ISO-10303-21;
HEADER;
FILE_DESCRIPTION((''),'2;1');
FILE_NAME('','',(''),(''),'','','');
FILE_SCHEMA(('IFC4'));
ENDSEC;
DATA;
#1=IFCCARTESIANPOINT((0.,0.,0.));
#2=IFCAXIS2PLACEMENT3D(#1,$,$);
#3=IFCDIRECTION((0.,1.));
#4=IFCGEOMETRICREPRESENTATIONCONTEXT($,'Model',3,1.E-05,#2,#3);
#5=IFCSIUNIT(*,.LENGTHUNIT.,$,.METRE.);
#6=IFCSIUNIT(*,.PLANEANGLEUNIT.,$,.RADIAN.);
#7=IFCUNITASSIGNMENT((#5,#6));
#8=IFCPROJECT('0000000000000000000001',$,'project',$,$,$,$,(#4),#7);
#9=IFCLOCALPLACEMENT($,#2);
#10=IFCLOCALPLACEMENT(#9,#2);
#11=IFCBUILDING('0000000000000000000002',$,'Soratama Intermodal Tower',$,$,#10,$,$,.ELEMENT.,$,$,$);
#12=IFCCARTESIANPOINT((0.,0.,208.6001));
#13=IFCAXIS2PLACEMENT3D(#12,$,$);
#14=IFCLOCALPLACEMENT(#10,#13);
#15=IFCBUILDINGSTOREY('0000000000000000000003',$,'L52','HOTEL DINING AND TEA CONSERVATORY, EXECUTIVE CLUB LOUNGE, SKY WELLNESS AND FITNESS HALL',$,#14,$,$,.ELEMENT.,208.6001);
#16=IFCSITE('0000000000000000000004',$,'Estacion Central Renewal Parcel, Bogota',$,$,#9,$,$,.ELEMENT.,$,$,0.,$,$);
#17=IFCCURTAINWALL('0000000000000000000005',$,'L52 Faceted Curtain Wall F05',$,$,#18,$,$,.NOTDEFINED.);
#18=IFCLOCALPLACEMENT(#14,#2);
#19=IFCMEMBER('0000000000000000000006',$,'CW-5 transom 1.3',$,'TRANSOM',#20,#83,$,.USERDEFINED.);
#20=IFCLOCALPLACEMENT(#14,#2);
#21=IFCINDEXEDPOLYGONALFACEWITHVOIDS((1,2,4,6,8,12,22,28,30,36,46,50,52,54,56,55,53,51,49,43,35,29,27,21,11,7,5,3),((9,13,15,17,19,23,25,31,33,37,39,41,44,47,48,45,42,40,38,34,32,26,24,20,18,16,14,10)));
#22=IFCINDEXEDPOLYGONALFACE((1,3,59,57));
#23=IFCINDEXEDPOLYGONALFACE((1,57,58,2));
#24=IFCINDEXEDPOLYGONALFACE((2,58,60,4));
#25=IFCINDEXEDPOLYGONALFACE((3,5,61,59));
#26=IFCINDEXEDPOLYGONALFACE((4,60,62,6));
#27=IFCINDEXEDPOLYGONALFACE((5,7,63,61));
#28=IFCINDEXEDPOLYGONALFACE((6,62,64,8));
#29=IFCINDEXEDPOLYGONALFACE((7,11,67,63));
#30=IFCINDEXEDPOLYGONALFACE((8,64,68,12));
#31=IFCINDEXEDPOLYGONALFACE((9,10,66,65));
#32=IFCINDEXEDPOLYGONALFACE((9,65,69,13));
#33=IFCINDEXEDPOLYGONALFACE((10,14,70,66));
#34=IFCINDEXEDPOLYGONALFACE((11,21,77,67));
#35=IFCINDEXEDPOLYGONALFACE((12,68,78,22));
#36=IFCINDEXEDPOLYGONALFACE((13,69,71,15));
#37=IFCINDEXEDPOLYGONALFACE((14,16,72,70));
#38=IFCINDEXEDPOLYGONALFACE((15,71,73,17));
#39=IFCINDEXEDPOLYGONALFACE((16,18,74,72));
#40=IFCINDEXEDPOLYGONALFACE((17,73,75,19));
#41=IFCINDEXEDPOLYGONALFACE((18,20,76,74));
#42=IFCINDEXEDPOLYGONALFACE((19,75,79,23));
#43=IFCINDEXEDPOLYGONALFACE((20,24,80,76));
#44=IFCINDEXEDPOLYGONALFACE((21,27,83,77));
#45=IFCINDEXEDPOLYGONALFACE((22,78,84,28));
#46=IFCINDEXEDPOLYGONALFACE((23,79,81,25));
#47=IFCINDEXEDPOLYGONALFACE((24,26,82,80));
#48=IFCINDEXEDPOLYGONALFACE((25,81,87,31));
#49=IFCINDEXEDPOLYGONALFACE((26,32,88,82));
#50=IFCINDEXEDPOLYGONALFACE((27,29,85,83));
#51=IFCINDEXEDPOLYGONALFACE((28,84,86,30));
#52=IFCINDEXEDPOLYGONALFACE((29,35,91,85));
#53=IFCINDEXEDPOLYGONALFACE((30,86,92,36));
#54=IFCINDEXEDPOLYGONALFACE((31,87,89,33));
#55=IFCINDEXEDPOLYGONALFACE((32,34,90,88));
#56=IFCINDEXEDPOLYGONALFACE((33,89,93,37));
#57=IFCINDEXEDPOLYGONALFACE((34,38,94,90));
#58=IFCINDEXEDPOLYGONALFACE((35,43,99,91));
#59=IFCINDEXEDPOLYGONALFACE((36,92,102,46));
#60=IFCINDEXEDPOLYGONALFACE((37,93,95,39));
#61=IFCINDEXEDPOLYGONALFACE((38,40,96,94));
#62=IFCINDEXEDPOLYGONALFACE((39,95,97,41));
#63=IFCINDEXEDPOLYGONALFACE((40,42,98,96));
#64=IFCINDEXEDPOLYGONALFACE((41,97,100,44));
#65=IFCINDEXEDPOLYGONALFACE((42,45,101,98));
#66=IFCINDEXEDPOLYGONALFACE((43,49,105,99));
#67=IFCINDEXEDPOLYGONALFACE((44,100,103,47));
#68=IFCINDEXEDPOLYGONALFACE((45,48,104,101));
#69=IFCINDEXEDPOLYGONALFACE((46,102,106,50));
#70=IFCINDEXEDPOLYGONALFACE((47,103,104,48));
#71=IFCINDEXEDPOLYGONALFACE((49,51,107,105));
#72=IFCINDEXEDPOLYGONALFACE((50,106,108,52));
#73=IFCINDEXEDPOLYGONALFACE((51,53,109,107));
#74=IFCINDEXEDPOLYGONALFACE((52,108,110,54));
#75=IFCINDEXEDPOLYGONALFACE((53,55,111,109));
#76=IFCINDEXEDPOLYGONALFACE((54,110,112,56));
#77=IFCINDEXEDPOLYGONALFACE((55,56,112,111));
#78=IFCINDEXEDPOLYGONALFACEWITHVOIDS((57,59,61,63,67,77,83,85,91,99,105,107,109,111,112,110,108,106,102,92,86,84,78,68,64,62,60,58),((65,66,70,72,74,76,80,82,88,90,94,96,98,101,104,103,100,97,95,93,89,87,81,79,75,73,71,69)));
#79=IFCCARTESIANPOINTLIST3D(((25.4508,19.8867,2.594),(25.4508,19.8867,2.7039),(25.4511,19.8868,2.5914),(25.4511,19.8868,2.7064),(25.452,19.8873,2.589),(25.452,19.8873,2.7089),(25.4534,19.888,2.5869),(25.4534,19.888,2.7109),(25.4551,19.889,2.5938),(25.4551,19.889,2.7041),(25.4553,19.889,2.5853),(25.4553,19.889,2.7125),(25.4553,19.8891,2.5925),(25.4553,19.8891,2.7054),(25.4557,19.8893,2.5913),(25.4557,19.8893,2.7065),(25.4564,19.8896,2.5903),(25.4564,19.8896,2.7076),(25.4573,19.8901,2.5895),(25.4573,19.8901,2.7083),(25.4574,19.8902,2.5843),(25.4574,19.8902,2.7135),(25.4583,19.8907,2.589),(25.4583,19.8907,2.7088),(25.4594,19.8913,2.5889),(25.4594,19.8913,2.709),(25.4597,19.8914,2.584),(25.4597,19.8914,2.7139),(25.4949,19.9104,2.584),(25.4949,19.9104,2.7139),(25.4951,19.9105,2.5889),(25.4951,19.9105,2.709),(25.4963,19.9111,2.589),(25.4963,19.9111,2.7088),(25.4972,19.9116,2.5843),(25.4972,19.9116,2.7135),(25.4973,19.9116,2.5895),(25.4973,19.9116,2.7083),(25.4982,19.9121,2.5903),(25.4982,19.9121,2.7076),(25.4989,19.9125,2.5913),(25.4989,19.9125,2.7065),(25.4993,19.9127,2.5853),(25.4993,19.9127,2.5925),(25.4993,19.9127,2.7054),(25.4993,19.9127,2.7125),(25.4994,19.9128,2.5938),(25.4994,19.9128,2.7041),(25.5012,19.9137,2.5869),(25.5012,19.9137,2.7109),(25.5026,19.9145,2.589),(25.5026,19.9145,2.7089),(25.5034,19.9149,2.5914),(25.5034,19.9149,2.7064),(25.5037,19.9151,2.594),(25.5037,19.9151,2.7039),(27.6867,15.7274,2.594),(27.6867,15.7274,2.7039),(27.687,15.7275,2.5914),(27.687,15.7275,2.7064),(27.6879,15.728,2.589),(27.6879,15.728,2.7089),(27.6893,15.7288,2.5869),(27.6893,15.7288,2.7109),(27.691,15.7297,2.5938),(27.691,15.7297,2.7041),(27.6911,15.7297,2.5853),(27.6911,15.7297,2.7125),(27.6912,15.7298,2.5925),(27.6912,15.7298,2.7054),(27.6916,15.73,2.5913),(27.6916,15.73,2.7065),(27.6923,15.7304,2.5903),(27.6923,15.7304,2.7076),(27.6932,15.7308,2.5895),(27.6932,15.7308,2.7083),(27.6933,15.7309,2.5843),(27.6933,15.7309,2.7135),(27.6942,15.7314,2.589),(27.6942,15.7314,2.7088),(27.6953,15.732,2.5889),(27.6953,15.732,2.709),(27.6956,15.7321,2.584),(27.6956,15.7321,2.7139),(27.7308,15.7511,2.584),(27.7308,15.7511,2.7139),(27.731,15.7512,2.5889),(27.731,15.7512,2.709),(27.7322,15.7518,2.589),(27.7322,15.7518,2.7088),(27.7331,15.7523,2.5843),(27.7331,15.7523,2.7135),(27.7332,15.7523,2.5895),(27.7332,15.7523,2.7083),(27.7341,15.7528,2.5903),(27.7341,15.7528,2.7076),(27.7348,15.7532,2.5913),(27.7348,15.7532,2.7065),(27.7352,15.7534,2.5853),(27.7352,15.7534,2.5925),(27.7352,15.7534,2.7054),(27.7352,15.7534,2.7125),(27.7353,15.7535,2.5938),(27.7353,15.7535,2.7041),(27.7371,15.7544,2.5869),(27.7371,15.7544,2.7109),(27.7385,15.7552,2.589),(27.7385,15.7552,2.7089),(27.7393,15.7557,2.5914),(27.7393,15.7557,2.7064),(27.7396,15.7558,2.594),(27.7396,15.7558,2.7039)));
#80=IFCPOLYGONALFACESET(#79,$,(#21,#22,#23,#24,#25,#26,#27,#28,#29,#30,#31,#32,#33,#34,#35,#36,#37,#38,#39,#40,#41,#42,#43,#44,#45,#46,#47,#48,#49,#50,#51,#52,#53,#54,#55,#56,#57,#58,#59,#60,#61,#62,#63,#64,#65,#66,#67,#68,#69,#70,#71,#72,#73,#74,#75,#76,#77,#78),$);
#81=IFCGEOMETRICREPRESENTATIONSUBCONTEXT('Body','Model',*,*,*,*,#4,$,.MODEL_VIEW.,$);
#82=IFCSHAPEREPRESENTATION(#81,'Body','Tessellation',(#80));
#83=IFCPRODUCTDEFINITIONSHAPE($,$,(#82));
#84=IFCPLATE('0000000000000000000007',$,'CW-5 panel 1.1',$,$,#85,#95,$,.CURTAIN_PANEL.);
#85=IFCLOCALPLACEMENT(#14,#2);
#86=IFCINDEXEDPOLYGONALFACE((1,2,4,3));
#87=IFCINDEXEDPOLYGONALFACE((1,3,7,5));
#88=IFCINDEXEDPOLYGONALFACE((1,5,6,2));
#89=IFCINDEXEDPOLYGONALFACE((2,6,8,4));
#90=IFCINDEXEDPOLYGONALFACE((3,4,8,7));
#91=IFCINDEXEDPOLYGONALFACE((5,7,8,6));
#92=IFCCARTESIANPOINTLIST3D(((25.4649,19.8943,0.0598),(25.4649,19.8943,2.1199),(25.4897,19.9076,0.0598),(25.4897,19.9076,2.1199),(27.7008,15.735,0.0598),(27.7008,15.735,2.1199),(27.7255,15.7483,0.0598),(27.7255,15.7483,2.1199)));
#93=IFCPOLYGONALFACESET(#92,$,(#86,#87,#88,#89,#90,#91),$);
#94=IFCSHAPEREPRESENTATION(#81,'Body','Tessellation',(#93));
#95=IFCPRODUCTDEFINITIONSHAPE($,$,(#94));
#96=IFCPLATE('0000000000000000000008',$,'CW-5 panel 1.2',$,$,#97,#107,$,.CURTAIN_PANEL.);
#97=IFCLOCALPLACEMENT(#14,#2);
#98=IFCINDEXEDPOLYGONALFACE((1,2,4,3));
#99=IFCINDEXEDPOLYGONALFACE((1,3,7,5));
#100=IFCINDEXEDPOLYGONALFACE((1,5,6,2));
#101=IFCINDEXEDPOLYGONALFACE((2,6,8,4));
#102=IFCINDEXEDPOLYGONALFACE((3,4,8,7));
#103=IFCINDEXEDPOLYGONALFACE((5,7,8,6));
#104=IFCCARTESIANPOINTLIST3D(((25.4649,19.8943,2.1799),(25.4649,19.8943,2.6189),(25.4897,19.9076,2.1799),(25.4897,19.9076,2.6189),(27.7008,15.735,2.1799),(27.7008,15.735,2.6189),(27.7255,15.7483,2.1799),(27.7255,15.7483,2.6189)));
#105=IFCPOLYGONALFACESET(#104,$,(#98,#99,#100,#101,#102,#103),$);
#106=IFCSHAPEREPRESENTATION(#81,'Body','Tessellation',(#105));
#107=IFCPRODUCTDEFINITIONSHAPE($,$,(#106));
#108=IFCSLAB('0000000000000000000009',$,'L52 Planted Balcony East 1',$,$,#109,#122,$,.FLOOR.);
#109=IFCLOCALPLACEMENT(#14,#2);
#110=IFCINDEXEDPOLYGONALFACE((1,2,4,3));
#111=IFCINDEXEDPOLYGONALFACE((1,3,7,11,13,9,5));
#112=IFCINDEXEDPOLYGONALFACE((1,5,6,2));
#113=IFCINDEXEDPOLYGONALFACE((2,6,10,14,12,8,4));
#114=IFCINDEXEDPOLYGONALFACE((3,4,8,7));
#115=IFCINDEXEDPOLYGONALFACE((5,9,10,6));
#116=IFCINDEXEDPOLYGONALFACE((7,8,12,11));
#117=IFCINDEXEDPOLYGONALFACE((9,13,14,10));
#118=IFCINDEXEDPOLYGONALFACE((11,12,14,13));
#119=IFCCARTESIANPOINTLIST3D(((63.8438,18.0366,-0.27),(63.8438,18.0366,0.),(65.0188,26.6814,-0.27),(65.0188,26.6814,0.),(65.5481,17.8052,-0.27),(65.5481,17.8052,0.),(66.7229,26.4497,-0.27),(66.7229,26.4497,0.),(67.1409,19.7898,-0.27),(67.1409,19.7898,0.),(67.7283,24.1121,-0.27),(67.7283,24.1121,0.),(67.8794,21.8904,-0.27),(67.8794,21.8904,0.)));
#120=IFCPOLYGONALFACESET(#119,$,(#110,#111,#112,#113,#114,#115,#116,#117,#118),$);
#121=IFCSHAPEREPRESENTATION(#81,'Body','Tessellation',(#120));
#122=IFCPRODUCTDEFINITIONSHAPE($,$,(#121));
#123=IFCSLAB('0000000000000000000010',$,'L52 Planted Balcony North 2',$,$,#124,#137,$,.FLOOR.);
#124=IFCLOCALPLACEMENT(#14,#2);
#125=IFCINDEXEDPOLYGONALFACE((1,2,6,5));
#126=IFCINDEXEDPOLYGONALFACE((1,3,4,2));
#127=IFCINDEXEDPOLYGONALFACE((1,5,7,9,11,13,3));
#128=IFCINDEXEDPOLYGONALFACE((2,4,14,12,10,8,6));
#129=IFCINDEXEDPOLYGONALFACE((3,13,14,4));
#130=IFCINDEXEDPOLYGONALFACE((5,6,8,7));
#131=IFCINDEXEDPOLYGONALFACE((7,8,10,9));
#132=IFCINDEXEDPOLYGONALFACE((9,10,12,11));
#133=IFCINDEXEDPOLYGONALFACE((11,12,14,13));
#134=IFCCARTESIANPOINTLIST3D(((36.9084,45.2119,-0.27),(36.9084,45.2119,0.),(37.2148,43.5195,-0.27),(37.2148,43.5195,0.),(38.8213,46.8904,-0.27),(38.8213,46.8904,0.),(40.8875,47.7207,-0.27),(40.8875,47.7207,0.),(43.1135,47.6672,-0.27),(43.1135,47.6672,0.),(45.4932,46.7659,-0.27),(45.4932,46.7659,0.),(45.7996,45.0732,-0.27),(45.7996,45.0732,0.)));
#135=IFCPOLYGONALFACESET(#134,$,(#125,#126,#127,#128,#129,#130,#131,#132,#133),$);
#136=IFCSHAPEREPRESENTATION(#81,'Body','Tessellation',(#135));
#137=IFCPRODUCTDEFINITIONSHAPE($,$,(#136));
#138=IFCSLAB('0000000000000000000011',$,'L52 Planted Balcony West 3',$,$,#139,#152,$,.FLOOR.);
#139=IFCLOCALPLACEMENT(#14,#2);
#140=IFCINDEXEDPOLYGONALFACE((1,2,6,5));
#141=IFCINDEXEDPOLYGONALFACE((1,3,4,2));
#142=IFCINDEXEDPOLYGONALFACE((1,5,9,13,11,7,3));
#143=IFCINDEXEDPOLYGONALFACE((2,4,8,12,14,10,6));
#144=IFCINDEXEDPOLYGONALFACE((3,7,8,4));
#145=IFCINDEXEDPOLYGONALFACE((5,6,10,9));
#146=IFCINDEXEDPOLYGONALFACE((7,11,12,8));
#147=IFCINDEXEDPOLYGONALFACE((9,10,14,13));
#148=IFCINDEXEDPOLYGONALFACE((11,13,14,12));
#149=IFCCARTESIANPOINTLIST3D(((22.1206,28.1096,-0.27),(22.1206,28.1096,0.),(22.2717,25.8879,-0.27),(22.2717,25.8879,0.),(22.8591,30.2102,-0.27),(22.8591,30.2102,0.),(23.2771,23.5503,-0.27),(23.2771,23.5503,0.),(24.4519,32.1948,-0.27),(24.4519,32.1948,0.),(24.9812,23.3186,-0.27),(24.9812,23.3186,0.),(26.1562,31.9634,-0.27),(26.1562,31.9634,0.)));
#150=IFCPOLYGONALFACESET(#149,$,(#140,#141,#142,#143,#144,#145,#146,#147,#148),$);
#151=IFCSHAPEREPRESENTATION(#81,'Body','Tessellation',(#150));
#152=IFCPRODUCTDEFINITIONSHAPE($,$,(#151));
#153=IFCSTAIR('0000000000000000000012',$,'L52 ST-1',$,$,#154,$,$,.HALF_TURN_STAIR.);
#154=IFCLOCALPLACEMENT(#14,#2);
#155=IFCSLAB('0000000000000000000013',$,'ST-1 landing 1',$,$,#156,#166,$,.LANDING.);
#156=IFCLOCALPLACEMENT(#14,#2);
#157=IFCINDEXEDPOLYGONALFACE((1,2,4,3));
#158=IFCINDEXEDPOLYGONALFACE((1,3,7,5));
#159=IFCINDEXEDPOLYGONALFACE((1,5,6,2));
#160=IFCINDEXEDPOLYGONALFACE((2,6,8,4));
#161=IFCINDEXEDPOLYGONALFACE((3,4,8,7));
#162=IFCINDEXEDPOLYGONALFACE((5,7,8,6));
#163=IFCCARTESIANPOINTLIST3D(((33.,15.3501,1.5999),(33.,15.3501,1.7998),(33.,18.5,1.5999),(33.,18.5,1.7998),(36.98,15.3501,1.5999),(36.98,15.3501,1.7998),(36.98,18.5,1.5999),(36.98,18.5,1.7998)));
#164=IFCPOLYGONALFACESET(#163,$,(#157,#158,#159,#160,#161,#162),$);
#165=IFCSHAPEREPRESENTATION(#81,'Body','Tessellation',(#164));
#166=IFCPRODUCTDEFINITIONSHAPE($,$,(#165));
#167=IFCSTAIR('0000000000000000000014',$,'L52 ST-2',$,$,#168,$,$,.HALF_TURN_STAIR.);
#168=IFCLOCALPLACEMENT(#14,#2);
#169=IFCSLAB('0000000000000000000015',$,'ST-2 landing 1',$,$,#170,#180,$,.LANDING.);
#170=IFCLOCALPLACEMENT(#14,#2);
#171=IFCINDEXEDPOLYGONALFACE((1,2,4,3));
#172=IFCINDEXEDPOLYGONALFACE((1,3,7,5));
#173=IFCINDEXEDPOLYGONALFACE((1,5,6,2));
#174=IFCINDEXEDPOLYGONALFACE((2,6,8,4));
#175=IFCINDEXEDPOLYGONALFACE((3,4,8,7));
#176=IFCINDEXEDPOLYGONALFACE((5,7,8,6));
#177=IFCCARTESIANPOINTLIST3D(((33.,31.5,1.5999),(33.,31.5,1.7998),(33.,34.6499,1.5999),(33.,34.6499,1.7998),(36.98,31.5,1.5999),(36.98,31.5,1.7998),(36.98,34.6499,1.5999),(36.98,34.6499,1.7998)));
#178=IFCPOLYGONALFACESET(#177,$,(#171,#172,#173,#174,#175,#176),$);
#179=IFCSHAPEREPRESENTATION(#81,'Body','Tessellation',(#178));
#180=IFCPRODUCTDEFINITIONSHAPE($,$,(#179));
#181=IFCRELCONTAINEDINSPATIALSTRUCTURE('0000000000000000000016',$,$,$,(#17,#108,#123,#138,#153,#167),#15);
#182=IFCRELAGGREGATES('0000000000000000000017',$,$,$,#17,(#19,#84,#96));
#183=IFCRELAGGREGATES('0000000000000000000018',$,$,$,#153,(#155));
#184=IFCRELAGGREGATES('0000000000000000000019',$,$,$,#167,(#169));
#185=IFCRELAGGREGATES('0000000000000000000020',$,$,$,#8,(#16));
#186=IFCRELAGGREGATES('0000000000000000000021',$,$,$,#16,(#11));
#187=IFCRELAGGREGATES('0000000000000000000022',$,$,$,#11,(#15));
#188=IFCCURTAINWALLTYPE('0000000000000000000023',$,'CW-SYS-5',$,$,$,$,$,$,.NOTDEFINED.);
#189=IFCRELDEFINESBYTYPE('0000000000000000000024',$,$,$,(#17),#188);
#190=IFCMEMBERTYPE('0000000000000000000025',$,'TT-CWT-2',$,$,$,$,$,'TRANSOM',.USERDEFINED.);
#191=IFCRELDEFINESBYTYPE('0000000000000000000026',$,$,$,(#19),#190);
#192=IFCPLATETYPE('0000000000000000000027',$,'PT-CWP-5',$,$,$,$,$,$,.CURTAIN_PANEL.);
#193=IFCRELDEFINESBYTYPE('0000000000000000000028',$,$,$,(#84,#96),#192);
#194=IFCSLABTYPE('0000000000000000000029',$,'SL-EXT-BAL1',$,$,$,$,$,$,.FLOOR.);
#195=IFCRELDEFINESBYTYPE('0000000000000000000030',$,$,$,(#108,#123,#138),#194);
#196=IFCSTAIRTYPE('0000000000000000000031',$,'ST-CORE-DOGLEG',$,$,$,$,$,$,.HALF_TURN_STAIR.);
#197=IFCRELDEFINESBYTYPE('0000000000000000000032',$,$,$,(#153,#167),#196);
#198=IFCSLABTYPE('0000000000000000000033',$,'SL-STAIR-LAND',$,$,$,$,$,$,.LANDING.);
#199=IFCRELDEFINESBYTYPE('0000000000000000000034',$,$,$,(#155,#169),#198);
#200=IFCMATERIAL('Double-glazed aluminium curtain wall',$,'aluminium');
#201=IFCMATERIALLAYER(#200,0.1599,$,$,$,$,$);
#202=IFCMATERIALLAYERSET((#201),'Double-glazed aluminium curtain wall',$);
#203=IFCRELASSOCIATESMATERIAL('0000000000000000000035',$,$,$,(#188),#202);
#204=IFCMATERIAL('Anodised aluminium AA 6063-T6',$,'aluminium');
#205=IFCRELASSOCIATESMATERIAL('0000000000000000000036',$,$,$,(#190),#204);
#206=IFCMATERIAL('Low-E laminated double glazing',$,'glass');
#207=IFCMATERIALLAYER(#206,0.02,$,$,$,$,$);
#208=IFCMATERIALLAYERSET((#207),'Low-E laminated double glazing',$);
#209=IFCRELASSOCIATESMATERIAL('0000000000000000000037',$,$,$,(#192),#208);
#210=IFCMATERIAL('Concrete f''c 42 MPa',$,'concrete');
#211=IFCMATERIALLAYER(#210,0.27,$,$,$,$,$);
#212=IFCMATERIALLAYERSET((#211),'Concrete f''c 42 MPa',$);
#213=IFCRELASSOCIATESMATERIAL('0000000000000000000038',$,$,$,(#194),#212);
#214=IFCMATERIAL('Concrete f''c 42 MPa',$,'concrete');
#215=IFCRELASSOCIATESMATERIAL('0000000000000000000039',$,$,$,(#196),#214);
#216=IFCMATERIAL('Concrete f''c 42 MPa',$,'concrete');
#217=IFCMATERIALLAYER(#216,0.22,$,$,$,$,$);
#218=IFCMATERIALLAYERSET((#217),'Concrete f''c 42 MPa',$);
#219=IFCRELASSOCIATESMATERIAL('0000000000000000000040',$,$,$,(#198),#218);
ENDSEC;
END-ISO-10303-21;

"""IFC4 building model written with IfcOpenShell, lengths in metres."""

from ifc_helpers import new_model, si_unit, direction, frame, origin, origin_2d, place, context, subcontext, project, spatial, polyline, rectangle, hollow_rectangle, outline, extrude, material, layer, layer_set, material_profile, profile_set, type_object, element, aggregate, save


model = new_model("IFC4")

# Units and contexts
model_context = context("Model", 3, precision=1e-05, world=origin(), true_north=direction((0.0, 1.0)))
body_context = subcontext(model_context, "Body", "Model", "MODEL_VIEW")
ifc_project = project(units=[si_unit("LENGTHUNIT", "METRE"), si_unit("PLANEANGLEUNIT", "RADIAN")], contexts=[model_context])

# Site, building, storey
site_placement = place(None, origin())
site = spatial("IfcSite", under=ifc_project, at=site_placement, Name="Estacion Central Renewal Parcel, Bogota", CompositionType="ELEMENT", RefElevation=0.0)
building_placement = place(site_placement, origin())
building = spatial("IfcBuilding", under=site, at=building_placement, Name="Soratama Intermodal Tower", CompositionType="ELEMENT")
storey_placement = place(building_placement, frame((0.0, 0.0, 208.6001)))
storey = spatial("IfcBuildingStorey", under=building, at=storey_placement, Name="L52", Description="HOTEL DINING AND TEA CONSERVATORY, EXECUTIVE CLUB LOUNGE, SKY WELLNESS AND FITNESS HALL", CompositionType="ELEMENT", Elevation=208.6001)

# Curtain wall, member, plates
ifc_material_1 = material(Name="Double-glazed aluminium curtain wall", Category="aluminium")
ifc_layer_1 = layer(ifc_material_1, 0.1599)
ifc_layer_set_1 = layer_set([ifc_layer_1], Name="Double-glazed aluminium curtain wall")
curtain_wall_type = type_object("IfcCurtainWallType", Name="CW-SYS-5", PredefinedType="NOTDEFINED", material=ifc_layer_set_1)
curtain_wall_placement = place(storey_placement, origin())
curtain_wall = element("IfcCurtainWall", 1, at=curtain_wall_placement, inside=storey, type_object=curtain_wall_type, Name="L52 Faceted Curtain Wall F05", PredefinedType="NOTDEFINED")
ifc_material_2 = material(Name="Anodised aluminium AA 6063-T6", Category="aluminium")
ifc_material_profile_1 = material_profile(ifc_material_2, hollow_rectangle(XDim=0.0601, YDim=0.1299, WallThickness=0.0049, InnerFilletRadius=0.0049, OuterFilletRadius=0.01, at=origin_2d()), Name="CWT130X60X5")
ifc_profile_set_1 = profile_set([ifc_material_profile_1], Name="Anodised aluminium AA 6063-T6")
member_type_1 = type_object("IfcMemberType", Name="TT-CWT-2", ElementType="TRANSOM", PredefinedType="USERDEFINED", material=ifc_profile_set_1)
member_1_placement = place(storey_placement, frame((25.4773, 19.9009, 2.6489), z_axis=(0.473489, -0.8808, 0.0), x_axis=(0.8808, 0.473489, 0.0)))
member_1 = element("IfcMember", 2, at=member_1_placement, type_object=member_type_1, Name="CW-5 transom 1.3", ObjectType="TRANSOM", PredefinedType="USERDEFINED", context=body_context, shape_type="SweptSolid", body=[
    extrude(hollow_rectangle(XDim=0.0601, YDim=0.1299, WallThickness=0.0049, InnerFilletRadius=0.0049, OuterFilletRadius=0.01, at=origin_2d()), origin(), (0.0, 0.0, 1.0), 4.7222),
])
ifc_material_3 = material(Name="Low-E laminated double glazing", Category="glass")
ifc_layer_2 = layer(ifc_material_3, 0.02)
ifc_layer_set_2 = layer_set([ifc_layer_2], Name="Low-E laminated double glazing")
plate_type = type_object("IfcPlateType", Name="PT-CWP-5", PredefinedType="CURTAIN_PANEL", material=ifc_layer_set_2)
plate_1_placement = place(storey_placement, frame((26.5952, 17.8213, 0.0598), z_axis=(0.0, 0.0, 1.0), x_axis=(0.473476, -0.880807, 0.0)))
plate_1 = element("IfcPlate", 3, at=plate_1_placement, type_object=plate_type, Name="CW-5 panel 1.1", PredefinedType="CURTAIN_PANEL", context=body_context, shape_type="SweptSolid", body=[
    extrude(rectangle(XDim=4.7222, YDim=0.0281, at=origin_2d()), origin(), (0.0, 0.0, 1.0), 2.0601),
])
plate_2_placement = place(storey_placement, frame((26.5952, 17.8213, 2.1799), z_axis=(0.0, 0.0, 1.0), x_axis=(0.473476, -0.880807, 0.0)))
plate_2 = element("IfcPlate", 4, at=plate_2_placement, type_object=plate_type, Name="CW-5 panel 1.2", PredefinedType="CURTAIN_PANEL", context=body_context, shape_type="SweptSolid", body=[
    extrude(rectangle(XDim=4.7222, YDim=0.0281, at=origin_2d()), origin(), (0.0, 0.0, 1.0), 0.439),
])
aggregate(curtain_wall, [member_1, plate_1, plate_2])

# Slabs
ifc_material_4 = material(Name="Concrete f'c 42 MPa", Category="concrete")
ifc_layer_3 = layer(ifc_material_4, 0.27)
ifc_layer_set_3 = layer_set([ifc_layer_3], Name="Concrete f'c 42 MPa")
slab_type_1 = type_object("IfcSlabType", Name="SL-EXT-BAL1", PredefinedType="FLOOR", material=ifc_layer_set_3)
slab_1_placement = place(storey_placement, frame((0.0, 0.0, -0.27)))
element("IfcSlab", 5, at=slab_1_placement, inside=storey, type_object=slab_type_1, Name="L52 Planted Balcony East 1", PredefinedType="FLOOR", context=body_context, shape_type="SweptSolid", body=[
    extrude(outline(polyline([(63.8438, 18.0366), (65.0188, 26.6814), (66.7229, 26.4497), (67.7283, 24.1121), (67.8794, 21.8904), (67.1409, 19.7898), (65.5481, 17.8052), (63.8438, 18.0366)])), origin(), (0.0, 0.0, 1.0), 0.27),
])
slab_2_placement = place(storey_placement, frame((0.0, 0.0, -0.27)))
element("IfcSlab", 6, at=slab_2_placement, inside=storey, type_object=slab_type_1, Name="L52 Planted Balcony North 2", PredefinedType="FLOOR", context=body_context, shape_type="SweptSolid", body=[
    extrude(outline(polyline([(45.7996, 45.0732), (37.2148, 43.5195), (36.9084, 45.2119), (38.8213, 46.8904), (40.8875, 47.7207), (43.1135, 47.6672), (45.4932, 46.7659), (45.7996, 45.0732)])), origin(), (0.0, 0.0, 1.0), 0.27),
])
slab_3_placement = place(storey_placement, frame((0.0, 0.0, -0.27)))
element("IfcSlab", 7, at=slab_3_placement, inside=storey, type_object=slab_type_1, Name="L52 Planted Balcony West 3", PredefinedType="FLOOR", context=body_context, shape_type="SweptSolid", body=[
    extrude(outline(polyline([(26.1562, 31.9634), (24.9812, 23.3186), (23.2771, 23.5503), (22.2717, 25.8879), (22.1206, 28.1096), (22.8591, 30.2102), (24.4519, 32.1948), (26.1562, 31.9634)])), origin(), (0.0, 0.0, 1.0), 0.27),
])

# Stairs, slabs
ifc_material_5 = material(Name="Concrete f'c 42 MPa", Category="concrete")
stair_type = type_object("IfcStairType", Name="ST-CORE-DOGLEG", PredefinedType="HALF_TURN_STAIR", material=ifc_material_5)
stair_1_placement = place(storey_placement, origin())
stair_1 = element("IfcStair", 8, at=stair_1_placement, inside=storey, type_object=stair_type, Name="L52 ST-1", PredefinedType="HALF_TURN_STAIR")
ifc_material_6 = material(Name="Concrete f'c 42 MPa", Category="concrete")
ifc_layer_4 = layer(ifc_material_6, 0.22)
ifc_layer_set_4 = layer_set([ifc_layer_4], Name="Concrete f'c 42 MPa")
slab_type_2 = type_object("IfcSlabType", Name="SL-STAIR-LAND", PredefinedType="LANDING", material=ifc_layer_set_4)
slab_4_placement = place(storey_placement, frame((0.0, 0.0, 1.5999)))
slab_4 = element("IfcSlab", 9, at=slab_4_placement, type_object=slab_type_2, Name="ST-1 landing 1", PredefinedType="LANDING", context=body_context, shape_type="SweptSolid", body=[
    extrude(outline(polyline([(36.98, 18.5), (33.0, 18.5), (33.0, 15.3501), (36.98, 15.3501), (36.98, 18.5)])), origin(), (0.0, 0.0, 1.0), 0.2),
])
aggregate(stair_1, [slab_4])
stair_2_placement = place(storey_placement, origin())
stair_2 = element("IfcStair", 10, at=stair_2_placement, inside=storey, type_object=stair_type, Name="L52 ST-2", PredefinedType="HALF_TURN_STAIR")
slab_5_placement = place(storey_placement, frame((0.0, 0.0, 1.5999)))
slab_5 = element("IfcSlab", 11, at=slab_5_placement, type_object=slab_type_2, Name="ST-2 landing 1", PredefinedType="LANDING", context=body_context, shape_type="SweptSolid", body=[
    extrude(outline(polyline([(36.98, 34.6499), (33.0, 34.6499), (33.0, 31.5), (36.98, 31.5), (36.98, 34.6499)])), origin(), (0.0, 0.0, 1.0), 0.2),
])
aggregate(stair_2, [slab_5])

save(model, "model.ifc")
